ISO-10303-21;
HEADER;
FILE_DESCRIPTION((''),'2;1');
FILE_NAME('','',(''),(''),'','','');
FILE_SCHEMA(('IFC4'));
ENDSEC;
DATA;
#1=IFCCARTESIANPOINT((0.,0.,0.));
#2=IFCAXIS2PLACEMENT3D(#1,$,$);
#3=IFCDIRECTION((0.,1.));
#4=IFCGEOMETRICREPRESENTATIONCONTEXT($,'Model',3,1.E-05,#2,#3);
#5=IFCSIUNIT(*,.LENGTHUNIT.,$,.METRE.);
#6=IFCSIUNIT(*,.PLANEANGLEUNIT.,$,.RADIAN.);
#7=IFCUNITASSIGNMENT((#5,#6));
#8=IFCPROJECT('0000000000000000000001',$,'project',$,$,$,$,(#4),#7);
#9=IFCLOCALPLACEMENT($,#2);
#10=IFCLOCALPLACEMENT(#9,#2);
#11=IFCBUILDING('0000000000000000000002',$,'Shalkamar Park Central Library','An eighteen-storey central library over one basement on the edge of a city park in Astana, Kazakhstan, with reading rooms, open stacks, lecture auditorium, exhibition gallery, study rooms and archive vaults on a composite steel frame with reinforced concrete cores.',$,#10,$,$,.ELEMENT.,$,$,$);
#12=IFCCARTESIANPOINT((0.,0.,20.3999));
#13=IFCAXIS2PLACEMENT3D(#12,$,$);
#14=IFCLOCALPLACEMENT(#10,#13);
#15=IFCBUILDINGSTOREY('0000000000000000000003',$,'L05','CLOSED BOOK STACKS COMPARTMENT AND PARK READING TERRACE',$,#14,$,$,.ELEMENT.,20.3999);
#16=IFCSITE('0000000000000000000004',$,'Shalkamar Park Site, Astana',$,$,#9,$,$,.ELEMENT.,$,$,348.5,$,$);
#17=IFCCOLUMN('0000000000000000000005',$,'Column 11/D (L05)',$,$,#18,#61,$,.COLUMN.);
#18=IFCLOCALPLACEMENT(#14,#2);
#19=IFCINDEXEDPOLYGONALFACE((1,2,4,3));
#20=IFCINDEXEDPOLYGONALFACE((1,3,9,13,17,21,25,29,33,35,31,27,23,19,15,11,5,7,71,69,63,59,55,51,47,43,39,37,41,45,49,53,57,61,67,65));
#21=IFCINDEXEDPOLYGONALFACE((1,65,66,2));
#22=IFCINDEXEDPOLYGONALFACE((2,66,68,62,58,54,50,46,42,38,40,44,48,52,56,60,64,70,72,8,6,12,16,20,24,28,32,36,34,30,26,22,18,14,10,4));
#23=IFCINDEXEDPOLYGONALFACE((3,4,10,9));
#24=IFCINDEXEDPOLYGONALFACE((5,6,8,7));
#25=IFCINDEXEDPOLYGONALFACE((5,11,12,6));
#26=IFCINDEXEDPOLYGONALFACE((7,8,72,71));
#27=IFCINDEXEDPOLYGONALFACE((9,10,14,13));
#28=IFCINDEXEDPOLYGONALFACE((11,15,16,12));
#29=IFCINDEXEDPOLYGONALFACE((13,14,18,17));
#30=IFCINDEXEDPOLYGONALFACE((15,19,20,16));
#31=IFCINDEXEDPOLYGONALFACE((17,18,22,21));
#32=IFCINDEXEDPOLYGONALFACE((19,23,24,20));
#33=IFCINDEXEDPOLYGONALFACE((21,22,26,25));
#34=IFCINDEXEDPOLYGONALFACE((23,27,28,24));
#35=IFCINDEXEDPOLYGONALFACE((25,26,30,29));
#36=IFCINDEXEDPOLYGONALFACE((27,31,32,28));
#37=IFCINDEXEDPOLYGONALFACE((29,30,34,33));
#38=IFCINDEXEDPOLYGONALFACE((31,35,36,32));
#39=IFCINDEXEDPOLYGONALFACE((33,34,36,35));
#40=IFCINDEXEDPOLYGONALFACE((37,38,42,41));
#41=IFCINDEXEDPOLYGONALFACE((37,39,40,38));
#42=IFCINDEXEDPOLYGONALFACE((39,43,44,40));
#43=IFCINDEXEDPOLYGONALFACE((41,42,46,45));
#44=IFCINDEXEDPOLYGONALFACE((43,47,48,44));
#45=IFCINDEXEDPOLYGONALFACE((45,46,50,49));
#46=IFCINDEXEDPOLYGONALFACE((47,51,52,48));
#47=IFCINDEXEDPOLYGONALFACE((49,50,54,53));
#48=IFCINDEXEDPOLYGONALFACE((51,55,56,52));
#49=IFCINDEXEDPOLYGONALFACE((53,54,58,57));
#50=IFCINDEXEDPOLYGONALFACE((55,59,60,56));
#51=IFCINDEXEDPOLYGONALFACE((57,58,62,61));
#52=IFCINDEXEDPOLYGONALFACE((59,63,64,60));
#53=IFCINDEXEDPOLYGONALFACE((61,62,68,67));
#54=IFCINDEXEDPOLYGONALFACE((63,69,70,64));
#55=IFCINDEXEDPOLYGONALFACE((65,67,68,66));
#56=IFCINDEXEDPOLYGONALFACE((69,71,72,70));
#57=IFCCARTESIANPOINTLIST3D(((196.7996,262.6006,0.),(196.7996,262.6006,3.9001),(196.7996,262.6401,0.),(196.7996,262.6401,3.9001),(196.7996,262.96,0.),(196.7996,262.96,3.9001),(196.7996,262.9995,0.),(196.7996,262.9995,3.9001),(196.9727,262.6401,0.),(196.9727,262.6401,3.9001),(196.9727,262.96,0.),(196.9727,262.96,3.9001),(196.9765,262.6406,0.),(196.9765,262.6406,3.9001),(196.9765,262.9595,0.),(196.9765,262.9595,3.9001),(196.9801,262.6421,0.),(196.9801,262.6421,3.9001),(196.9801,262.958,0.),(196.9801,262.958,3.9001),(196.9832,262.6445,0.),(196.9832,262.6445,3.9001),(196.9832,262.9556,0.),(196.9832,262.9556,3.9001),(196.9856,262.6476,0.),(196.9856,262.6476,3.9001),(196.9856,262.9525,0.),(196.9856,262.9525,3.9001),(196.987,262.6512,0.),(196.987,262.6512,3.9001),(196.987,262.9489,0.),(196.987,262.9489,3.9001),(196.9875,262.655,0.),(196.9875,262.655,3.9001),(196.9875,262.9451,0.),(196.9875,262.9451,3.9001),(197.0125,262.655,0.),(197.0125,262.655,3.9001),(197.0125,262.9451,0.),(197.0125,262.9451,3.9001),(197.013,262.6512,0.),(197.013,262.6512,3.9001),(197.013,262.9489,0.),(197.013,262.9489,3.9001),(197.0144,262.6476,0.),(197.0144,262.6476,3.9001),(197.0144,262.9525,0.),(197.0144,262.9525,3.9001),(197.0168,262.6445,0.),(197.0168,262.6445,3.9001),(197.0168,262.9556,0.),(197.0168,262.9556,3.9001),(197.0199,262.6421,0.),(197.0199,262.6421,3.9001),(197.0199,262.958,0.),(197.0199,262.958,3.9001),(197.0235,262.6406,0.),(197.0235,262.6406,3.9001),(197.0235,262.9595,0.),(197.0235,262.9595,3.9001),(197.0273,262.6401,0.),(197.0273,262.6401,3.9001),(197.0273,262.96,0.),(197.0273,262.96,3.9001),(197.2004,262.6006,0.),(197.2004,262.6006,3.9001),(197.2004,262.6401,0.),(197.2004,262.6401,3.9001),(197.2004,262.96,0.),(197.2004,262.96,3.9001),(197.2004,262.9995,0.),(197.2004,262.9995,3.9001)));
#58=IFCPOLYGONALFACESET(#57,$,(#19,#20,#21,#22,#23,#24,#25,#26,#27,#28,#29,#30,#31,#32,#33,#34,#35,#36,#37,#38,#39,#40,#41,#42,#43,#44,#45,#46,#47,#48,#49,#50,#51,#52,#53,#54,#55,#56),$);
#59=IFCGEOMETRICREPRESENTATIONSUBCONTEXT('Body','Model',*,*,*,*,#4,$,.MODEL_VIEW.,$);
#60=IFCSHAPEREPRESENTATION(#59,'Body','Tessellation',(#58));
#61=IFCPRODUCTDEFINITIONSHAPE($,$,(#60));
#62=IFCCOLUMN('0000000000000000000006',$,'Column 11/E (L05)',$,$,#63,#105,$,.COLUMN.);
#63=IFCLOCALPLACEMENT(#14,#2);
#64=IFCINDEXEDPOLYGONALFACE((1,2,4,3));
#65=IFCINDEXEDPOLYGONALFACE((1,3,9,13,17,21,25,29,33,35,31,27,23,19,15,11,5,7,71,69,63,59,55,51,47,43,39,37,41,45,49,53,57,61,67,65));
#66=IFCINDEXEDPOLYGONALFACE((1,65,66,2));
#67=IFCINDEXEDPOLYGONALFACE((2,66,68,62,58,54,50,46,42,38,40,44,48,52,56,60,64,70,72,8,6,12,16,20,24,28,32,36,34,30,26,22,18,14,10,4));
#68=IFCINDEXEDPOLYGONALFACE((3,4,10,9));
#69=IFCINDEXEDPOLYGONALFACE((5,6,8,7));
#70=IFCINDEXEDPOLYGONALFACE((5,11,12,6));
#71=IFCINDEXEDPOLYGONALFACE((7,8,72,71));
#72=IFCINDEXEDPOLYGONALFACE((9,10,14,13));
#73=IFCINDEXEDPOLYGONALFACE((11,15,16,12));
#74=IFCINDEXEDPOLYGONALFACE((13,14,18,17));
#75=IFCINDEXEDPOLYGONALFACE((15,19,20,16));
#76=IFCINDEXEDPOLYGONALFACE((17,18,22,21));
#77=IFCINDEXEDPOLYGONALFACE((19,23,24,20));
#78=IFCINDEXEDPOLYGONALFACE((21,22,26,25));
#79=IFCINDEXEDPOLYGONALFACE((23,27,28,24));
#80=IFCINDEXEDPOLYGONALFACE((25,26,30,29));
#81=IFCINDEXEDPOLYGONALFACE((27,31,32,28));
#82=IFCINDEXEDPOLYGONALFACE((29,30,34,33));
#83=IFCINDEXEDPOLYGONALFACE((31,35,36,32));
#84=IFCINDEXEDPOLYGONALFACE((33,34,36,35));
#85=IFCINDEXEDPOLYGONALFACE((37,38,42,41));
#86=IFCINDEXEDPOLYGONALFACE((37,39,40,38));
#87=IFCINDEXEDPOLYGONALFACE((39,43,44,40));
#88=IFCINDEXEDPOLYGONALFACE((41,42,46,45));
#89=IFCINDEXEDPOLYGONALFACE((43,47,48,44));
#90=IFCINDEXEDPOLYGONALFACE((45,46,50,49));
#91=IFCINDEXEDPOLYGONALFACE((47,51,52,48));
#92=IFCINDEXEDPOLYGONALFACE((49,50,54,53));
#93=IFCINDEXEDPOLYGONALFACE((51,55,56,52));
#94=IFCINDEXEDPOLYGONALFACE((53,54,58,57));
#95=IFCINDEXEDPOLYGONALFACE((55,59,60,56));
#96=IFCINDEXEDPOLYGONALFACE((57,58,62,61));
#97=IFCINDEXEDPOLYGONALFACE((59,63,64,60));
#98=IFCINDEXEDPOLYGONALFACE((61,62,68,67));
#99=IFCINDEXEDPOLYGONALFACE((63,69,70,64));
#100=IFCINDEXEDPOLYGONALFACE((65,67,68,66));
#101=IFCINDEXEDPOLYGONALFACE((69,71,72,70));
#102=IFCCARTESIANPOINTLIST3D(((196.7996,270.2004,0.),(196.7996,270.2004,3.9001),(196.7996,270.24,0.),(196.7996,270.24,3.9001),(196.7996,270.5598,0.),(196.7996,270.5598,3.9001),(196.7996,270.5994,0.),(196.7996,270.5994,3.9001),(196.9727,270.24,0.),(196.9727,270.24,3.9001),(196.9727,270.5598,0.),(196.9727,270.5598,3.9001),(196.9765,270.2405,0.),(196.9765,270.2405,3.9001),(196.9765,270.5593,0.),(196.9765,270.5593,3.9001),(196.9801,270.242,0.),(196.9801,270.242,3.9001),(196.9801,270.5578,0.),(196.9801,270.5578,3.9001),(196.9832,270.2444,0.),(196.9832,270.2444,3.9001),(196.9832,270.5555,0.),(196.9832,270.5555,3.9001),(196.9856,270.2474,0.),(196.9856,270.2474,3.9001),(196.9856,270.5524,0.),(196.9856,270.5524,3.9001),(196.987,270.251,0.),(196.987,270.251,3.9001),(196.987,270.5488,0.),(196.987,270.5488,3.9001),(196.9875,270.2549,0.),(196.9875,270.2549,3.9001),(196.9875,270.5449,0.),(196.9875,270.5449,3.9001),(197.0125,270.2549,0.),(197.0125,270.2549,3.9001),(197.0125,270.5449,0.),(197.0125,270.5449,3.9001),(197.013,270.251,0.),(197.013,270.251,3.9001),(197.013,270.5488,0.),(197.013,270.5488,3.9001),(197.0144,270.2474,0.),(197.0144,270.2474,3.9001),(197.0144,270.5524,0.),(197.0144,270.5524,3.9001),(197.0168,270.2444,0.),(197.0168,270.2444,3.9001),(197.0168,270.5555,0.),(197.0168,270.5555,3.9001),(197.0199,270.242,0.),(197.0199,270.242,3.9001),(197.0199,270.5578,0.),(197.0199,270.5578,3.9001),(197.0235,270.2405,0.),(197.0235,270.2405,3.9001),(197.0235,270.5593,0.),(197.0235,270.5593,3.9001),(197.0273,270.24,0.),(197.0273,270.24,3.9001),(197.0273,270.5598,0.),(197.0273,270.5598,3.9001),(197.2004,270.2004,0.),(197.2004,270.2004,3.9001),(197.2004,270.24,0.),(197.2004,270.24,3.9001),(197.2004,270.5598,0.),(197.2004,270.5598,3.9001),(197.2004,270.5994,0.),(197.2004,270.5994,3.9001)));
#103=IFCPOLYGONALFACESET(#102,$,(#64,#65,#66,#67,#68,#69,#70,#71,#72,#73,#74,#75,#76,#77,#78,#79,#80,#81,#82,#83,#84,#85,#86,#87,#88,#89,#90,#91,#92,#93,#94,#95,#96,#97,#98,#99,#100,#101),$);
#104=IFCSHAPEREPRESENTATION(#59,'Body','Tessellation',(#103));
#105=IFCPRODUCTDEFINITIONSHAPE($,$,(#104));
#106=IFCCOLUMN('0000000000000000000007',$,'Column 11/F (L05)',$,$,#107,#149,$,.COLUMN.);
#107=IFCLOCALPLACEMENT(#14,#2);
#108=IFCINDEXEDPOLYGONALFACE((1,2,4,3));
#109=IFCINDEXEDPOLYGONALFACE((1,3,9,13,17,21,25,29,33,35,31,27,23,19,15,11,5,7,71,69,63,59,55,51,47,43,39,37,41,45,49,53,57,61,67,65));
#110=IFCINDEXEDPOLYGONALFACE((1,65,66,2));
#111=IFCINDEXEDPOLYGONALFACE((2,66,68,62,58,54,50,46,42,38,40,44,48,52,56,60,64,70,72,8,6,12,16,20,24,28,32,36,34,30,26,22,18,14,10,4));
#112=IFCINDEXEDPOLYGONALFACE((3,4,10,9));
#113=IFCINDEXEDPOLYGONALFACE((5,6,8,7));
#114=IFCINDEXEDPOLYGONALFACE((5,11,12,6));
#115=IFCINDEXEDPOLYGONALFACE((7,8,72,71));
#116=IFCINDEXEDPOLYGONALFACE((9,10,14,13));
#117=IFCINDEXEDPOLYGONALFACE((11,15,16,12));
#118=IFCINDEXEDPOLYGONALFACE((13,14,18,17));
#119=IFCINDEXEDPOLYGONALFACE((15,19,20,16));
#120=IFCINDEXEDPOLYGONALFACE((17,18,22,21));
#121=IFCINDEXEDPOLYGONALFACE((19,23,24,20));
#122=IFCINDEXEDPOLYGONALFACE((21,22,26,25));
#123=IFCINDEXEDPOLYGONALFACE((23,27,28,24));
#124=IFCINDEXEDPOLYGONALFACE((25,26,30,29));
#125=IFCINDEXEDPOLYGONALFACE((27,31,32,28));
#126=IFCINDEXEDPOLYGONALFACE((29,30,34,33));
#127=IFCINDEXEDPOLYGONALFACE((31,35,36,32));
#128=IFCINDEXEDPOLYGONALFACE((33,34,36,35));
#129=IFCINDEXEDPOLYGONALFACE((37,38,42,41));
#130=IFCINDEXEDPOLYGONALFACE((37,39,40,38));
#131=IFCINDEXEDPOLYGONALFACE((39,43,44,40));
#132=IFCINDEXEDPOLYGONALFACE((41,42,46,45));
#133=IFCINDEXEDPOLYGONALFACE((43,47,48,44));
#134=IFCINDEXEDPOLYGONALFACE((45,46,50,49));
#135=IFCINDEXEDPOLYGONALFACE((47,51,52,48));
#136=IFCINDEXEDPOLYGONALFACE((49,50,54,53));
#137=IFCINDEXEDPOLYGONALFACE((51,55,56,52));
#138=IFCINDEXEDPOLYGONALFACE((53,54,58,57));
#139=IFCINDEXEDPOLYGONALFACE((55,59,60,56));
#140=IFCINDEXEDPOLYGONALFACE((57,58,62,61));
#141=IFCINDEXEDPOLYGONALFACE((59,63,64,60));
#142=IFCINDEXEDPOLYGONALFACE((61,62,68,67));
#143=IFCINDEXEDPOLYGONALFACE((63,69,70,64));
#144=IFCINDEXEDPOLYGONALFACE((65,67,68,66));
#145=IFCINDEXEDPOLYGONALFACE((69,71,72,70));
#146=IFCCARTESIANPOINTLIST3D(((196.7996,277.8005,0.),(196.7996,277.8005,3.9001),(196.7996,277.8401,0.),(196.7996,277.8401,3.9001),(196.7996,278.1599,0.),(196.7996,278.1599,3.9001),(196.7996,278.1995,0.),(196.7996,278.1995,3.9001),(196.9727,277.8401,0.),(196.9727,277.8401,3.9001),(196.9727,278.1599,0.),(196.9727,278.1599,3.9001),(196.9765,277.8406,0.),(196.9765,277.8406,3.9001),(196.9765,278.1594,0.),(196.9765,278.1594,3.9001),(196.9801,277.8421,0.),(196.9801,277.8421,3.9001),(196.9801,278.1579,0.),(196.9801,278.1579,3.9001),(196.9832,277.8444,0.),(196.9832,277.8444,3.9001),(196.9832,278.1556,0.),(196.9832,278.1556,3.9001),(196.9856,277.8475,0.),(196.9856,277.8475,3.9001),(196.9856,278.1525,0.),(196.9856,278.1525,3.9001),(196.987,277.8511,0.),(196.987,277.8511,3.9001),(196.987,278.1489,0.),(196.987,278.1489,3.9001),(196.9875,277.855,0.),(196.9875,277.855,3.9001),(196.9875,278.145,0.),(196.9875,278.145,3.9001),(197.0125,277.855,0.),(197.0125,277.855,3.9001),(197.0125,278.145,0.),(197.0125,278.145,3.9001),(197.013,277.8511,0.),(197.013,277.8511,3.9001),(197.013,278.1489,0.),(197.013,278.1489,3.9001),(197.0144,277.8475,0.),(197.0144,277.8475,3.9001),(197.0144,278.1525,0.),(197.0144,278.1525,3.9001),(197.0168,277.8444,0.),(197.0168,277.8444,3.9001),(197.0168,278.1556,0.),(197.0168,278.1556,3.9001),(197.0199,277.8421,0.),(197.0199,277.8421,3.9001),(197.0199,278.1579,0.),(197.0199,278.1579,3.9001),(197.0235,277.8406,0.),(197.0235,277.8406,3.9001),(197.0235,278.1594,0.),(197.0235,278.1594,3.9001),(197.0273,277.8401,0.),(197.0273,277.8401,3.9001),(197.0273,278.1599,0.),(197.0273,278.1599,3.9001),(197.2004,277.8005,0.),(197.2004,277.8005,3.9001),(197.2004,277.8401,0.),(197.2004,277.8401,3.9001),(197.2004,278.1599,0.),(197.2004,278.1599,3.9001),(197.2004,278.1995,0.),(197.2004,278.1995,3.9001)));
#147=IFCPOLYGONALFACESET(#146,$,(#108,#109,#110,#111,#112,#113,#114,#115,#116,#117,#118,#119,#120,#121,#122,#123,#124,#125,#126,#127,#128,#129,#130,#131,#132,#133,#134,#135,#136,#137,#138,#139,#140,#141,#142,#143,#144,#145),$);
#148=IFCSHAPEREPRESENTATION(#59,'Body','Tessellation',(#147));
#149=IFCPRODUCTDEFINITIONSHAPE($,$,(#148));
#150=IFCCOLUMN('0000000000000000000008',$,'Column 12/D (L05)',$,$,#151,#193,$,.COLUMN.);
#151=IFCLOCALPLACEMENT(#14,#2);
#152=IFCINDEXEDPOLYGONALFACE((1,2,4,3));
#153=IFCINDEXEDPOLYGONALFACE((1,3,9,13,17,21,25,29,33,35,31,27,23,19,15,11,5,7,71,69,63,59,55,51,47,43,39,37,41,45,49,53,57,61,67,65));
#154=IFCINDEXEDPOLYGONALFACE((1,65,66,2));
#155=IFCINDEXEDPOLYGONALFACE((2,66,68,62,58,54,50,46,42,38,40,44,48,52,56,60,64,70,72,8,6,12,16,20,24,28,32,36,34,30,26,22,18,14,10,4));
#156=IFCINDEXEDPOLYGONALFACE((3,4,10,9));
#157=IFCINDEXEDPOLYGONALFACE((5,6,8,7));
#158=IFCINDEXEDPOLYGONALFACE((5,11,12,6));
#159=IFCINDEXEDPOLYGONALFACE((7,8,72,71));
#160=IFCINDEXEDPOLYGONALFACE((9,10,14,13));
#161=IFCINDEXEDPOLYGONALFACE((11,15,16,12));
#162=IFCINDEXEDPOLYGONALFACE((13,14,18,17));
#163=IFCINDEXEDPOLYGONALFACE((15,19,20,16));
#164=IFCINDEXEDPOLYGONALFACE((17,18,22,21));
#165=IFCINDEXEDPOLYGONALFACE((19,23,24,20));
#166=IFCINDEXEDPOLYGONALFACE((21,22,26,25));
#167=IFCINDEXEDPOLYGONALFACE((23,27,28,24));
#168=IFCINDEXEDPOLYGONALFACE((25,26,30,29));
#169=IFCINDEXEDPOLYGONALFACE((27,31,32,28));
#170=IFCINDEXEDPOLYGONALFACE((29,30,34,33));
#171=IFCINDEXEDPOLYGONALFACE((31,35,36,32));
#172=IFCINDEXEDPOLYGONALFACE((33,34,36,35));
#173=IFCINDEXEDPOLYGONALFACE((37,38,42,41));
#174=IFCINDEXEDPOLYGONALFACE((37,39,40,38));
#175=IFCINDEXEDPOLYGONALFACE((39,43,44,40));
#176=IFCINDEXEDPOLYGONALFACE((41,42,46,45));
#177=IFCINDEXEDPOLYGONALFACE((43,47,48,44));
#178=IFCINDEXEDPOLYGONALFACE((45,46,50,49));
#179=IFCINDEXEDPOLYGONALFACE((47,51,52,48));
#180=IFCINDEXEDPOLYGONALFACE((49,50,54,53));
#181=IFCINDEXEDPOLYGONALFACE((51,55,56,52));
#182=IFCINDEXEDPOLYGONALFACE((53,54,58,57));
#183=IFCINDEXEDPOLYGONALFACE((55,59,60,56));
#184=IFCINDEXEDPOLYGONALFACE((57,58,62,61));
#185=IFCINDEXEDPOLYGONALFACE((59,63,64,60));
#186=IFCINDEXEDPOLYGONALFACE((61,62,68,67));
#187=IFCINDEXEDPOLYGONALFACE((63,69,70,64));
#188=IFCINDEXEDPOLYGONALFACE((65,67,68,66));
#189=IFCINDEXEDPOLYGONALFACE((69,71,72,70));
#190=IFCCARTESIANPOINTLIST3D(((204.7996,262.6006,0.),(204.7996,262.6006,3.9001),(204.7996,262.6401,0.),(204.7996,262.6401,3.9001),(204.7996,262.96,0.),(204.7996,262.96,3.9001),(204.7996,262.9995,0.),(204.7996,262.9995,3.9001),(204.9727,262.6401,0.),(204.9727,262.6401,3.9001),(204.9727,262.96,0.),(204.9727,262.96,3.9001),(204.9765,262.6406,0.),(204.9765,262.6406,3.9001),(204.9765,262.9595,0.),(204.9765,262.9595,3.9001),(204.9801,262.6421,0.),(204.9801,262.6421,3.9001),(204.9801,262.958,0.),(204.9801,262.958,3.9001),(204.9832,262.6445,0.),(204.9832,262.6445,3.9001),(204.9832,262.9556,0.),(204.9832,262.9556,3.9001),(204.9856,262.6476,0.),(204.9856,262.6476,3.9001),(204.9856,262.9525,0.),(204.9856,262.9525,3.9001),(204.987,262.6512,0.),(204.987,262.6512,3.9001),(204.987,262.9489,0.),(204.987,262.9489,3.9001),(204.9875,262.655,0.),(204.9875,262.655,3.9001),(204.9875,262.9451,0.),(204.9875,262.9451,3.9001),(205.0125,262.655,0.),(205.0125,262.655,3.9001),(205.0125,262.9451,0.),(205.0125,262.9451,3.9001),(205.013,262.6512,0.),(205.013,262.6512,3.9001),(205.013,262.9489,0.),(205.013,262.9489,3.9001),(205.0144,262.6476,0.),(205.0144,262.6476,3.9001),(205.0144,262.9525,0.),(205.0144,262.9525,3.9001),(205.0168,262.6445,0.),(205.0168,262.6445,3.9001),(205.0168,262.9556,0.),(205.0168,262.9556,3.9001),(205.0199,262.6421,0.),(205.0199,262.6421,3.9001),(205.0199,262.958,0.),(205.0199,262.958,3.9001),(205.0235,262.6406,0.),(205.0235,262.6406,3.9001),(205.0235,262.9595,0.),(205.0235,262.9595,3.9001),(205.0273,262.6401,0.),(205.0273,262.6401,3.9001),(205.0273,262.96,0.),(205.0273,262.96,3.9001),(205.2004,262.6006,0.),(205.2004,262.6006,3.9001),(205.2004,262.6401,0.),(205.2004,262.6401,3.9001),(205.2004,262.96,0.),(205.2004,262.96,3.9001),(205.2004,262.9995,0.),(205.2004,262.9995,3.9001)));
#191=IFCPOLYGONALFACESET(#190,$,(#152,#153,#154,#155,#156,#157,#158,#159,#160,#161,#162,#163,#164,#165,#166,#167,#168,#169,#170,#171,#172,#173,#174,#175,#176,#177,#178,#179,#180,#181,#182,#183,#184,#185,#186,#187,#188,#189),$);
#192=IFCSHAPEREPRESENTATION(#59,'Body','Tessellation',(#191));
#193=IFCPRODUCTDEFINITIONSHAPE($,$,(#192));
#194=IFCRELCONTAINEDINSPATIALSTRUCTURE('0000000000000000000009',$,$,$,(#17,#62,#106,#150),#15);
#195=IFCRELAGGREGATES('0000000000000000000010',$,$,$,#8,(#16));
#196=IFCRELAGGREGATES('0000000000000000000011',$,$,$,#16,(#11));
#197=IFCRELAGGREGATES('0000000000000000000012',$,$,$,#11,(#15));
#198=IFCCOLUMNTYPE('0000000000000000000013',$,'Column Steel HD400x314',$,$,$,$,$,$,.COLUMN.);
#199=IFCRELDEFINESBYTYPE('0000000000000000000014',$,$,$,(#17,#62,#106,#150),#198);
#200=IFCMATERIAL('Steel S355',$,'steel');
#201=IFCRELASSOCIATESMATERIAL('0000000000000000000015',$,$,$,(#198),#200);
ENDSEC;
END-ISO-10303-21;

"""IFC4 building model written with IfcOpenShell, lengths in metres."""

from ifc_helpers import new_model, si_unit, direction, frame, origin, origin_2d, place, context, subcontext, project, spatial, i_section, extrude, material, material_profile, profile_set, type_object, element, save


model = new_model("IFC4")

# Units and contexts
model_context = context("Model", 3, precision=1e-05, world=origin(), true_north=direction((0.0, 1.0)))
body_context = subcontext(model_context, "Body", "Model", "MODEL_VIEW")
ifc_project = project(units=[si_unit("LENGTHUNIT", "METRE"), si_unit("PLANEANGLEUNIT", "RADIAN")], contexts=[model_context])

# Site, building, storey
site_placement = place(None, origin())
site = spatial("IfcSite", under=ifc_project, at=site_placement, Name="Shalkamar Park Site, Astana", CompositionType="ELEMENT", RefElevation=348.5)
building_placement = place(site_placement, origin())
building = spatial("IfcBuilding", under=site, at=building_placement, Name="Shalkamar Park Central Library", Description="An eighteen-storey central library over one basement on the edge of a city park in Astana, Kazakhstan, with reading rooms, open stacks, lecture auditorium, exhibition gallery, study rooms and archive vaults on a composite steel frame with reinforced concrete cores.", CompositionType="ELEMENT")
storey_placement = place(building_placement, frame((0.0, 0.0, 20.3999)))
storey = spatial("IfcBuildingStorey", under=building, at=storey_placement, Name="L05", Description="CLOSED BOOK STACKS COMPARTMENT AND PARK READING TERRACE", CompositionType="ELEMENT", Elevation=20.3999)

# Columns
ifc_material_1 = material(Name="Steel S355", Category="steel")
ifc_material_profile_1 = material_profile(ifc_material_1, i_section(OverallWidth=0.4009, OverallDepth=0.3989, WebThickness=0.0249, FlangeThickness=0.0396, FilletRadius=0.0149, at=origin_2d()), Name="HD 400x314")
ifc_profile_set_1 = profile_set([ifc_material_profile_1], Name="Steel S355")
column_type = type_object("IfcColumnType", Name="Column Steel HD400x314", PredefinedType="COLUMN", material=ifc_profile_set_1)
for number, where, z_axis, x_axis, name in (
    (1, (197.0, 262.8, 0.0), (0.0, 0.0, 1.0), (1.0, 0.0, 0.0), "Column 11/D (L05)"),
    (2, (197.0, 270.3999, 0.0), (0.0, 0.0, 1.0), (1.0, 0.0, 0.0), "Column 11/E (L05)"),
    (3, (197.0, 278.0, 0.0), (0.0, 0.0, 1.0), (1.0, 0.0, 0.0), "Column 11/F (L05)"),
    (4, (205.0, 262.8, 0.0), (0.0, 0.0, 1.0), (1.0, 0.0, 0.0), "Column 12/D (L05)"),
):
    element("IfcColumn", number, at=place(storey_placement, frame(where, z_axis=z_axis, x_axis=x_axis)), inside=storey, type_object=column_type, Name=name, PredefinedType="COLUMN", context=body_context, shape_type="SweptSolid", body=[
        extrude(i_section(OverallWidth=0.4009, OverallDepth=0.3989, WebThickness=0.0249, FlangeThickness=0.0396, FilletRadius=0.0149, at=origin_2d()), origin(), (0.0, 0.0, 1.0), 3.9001),
    ])

save(model, "model.ifc")
